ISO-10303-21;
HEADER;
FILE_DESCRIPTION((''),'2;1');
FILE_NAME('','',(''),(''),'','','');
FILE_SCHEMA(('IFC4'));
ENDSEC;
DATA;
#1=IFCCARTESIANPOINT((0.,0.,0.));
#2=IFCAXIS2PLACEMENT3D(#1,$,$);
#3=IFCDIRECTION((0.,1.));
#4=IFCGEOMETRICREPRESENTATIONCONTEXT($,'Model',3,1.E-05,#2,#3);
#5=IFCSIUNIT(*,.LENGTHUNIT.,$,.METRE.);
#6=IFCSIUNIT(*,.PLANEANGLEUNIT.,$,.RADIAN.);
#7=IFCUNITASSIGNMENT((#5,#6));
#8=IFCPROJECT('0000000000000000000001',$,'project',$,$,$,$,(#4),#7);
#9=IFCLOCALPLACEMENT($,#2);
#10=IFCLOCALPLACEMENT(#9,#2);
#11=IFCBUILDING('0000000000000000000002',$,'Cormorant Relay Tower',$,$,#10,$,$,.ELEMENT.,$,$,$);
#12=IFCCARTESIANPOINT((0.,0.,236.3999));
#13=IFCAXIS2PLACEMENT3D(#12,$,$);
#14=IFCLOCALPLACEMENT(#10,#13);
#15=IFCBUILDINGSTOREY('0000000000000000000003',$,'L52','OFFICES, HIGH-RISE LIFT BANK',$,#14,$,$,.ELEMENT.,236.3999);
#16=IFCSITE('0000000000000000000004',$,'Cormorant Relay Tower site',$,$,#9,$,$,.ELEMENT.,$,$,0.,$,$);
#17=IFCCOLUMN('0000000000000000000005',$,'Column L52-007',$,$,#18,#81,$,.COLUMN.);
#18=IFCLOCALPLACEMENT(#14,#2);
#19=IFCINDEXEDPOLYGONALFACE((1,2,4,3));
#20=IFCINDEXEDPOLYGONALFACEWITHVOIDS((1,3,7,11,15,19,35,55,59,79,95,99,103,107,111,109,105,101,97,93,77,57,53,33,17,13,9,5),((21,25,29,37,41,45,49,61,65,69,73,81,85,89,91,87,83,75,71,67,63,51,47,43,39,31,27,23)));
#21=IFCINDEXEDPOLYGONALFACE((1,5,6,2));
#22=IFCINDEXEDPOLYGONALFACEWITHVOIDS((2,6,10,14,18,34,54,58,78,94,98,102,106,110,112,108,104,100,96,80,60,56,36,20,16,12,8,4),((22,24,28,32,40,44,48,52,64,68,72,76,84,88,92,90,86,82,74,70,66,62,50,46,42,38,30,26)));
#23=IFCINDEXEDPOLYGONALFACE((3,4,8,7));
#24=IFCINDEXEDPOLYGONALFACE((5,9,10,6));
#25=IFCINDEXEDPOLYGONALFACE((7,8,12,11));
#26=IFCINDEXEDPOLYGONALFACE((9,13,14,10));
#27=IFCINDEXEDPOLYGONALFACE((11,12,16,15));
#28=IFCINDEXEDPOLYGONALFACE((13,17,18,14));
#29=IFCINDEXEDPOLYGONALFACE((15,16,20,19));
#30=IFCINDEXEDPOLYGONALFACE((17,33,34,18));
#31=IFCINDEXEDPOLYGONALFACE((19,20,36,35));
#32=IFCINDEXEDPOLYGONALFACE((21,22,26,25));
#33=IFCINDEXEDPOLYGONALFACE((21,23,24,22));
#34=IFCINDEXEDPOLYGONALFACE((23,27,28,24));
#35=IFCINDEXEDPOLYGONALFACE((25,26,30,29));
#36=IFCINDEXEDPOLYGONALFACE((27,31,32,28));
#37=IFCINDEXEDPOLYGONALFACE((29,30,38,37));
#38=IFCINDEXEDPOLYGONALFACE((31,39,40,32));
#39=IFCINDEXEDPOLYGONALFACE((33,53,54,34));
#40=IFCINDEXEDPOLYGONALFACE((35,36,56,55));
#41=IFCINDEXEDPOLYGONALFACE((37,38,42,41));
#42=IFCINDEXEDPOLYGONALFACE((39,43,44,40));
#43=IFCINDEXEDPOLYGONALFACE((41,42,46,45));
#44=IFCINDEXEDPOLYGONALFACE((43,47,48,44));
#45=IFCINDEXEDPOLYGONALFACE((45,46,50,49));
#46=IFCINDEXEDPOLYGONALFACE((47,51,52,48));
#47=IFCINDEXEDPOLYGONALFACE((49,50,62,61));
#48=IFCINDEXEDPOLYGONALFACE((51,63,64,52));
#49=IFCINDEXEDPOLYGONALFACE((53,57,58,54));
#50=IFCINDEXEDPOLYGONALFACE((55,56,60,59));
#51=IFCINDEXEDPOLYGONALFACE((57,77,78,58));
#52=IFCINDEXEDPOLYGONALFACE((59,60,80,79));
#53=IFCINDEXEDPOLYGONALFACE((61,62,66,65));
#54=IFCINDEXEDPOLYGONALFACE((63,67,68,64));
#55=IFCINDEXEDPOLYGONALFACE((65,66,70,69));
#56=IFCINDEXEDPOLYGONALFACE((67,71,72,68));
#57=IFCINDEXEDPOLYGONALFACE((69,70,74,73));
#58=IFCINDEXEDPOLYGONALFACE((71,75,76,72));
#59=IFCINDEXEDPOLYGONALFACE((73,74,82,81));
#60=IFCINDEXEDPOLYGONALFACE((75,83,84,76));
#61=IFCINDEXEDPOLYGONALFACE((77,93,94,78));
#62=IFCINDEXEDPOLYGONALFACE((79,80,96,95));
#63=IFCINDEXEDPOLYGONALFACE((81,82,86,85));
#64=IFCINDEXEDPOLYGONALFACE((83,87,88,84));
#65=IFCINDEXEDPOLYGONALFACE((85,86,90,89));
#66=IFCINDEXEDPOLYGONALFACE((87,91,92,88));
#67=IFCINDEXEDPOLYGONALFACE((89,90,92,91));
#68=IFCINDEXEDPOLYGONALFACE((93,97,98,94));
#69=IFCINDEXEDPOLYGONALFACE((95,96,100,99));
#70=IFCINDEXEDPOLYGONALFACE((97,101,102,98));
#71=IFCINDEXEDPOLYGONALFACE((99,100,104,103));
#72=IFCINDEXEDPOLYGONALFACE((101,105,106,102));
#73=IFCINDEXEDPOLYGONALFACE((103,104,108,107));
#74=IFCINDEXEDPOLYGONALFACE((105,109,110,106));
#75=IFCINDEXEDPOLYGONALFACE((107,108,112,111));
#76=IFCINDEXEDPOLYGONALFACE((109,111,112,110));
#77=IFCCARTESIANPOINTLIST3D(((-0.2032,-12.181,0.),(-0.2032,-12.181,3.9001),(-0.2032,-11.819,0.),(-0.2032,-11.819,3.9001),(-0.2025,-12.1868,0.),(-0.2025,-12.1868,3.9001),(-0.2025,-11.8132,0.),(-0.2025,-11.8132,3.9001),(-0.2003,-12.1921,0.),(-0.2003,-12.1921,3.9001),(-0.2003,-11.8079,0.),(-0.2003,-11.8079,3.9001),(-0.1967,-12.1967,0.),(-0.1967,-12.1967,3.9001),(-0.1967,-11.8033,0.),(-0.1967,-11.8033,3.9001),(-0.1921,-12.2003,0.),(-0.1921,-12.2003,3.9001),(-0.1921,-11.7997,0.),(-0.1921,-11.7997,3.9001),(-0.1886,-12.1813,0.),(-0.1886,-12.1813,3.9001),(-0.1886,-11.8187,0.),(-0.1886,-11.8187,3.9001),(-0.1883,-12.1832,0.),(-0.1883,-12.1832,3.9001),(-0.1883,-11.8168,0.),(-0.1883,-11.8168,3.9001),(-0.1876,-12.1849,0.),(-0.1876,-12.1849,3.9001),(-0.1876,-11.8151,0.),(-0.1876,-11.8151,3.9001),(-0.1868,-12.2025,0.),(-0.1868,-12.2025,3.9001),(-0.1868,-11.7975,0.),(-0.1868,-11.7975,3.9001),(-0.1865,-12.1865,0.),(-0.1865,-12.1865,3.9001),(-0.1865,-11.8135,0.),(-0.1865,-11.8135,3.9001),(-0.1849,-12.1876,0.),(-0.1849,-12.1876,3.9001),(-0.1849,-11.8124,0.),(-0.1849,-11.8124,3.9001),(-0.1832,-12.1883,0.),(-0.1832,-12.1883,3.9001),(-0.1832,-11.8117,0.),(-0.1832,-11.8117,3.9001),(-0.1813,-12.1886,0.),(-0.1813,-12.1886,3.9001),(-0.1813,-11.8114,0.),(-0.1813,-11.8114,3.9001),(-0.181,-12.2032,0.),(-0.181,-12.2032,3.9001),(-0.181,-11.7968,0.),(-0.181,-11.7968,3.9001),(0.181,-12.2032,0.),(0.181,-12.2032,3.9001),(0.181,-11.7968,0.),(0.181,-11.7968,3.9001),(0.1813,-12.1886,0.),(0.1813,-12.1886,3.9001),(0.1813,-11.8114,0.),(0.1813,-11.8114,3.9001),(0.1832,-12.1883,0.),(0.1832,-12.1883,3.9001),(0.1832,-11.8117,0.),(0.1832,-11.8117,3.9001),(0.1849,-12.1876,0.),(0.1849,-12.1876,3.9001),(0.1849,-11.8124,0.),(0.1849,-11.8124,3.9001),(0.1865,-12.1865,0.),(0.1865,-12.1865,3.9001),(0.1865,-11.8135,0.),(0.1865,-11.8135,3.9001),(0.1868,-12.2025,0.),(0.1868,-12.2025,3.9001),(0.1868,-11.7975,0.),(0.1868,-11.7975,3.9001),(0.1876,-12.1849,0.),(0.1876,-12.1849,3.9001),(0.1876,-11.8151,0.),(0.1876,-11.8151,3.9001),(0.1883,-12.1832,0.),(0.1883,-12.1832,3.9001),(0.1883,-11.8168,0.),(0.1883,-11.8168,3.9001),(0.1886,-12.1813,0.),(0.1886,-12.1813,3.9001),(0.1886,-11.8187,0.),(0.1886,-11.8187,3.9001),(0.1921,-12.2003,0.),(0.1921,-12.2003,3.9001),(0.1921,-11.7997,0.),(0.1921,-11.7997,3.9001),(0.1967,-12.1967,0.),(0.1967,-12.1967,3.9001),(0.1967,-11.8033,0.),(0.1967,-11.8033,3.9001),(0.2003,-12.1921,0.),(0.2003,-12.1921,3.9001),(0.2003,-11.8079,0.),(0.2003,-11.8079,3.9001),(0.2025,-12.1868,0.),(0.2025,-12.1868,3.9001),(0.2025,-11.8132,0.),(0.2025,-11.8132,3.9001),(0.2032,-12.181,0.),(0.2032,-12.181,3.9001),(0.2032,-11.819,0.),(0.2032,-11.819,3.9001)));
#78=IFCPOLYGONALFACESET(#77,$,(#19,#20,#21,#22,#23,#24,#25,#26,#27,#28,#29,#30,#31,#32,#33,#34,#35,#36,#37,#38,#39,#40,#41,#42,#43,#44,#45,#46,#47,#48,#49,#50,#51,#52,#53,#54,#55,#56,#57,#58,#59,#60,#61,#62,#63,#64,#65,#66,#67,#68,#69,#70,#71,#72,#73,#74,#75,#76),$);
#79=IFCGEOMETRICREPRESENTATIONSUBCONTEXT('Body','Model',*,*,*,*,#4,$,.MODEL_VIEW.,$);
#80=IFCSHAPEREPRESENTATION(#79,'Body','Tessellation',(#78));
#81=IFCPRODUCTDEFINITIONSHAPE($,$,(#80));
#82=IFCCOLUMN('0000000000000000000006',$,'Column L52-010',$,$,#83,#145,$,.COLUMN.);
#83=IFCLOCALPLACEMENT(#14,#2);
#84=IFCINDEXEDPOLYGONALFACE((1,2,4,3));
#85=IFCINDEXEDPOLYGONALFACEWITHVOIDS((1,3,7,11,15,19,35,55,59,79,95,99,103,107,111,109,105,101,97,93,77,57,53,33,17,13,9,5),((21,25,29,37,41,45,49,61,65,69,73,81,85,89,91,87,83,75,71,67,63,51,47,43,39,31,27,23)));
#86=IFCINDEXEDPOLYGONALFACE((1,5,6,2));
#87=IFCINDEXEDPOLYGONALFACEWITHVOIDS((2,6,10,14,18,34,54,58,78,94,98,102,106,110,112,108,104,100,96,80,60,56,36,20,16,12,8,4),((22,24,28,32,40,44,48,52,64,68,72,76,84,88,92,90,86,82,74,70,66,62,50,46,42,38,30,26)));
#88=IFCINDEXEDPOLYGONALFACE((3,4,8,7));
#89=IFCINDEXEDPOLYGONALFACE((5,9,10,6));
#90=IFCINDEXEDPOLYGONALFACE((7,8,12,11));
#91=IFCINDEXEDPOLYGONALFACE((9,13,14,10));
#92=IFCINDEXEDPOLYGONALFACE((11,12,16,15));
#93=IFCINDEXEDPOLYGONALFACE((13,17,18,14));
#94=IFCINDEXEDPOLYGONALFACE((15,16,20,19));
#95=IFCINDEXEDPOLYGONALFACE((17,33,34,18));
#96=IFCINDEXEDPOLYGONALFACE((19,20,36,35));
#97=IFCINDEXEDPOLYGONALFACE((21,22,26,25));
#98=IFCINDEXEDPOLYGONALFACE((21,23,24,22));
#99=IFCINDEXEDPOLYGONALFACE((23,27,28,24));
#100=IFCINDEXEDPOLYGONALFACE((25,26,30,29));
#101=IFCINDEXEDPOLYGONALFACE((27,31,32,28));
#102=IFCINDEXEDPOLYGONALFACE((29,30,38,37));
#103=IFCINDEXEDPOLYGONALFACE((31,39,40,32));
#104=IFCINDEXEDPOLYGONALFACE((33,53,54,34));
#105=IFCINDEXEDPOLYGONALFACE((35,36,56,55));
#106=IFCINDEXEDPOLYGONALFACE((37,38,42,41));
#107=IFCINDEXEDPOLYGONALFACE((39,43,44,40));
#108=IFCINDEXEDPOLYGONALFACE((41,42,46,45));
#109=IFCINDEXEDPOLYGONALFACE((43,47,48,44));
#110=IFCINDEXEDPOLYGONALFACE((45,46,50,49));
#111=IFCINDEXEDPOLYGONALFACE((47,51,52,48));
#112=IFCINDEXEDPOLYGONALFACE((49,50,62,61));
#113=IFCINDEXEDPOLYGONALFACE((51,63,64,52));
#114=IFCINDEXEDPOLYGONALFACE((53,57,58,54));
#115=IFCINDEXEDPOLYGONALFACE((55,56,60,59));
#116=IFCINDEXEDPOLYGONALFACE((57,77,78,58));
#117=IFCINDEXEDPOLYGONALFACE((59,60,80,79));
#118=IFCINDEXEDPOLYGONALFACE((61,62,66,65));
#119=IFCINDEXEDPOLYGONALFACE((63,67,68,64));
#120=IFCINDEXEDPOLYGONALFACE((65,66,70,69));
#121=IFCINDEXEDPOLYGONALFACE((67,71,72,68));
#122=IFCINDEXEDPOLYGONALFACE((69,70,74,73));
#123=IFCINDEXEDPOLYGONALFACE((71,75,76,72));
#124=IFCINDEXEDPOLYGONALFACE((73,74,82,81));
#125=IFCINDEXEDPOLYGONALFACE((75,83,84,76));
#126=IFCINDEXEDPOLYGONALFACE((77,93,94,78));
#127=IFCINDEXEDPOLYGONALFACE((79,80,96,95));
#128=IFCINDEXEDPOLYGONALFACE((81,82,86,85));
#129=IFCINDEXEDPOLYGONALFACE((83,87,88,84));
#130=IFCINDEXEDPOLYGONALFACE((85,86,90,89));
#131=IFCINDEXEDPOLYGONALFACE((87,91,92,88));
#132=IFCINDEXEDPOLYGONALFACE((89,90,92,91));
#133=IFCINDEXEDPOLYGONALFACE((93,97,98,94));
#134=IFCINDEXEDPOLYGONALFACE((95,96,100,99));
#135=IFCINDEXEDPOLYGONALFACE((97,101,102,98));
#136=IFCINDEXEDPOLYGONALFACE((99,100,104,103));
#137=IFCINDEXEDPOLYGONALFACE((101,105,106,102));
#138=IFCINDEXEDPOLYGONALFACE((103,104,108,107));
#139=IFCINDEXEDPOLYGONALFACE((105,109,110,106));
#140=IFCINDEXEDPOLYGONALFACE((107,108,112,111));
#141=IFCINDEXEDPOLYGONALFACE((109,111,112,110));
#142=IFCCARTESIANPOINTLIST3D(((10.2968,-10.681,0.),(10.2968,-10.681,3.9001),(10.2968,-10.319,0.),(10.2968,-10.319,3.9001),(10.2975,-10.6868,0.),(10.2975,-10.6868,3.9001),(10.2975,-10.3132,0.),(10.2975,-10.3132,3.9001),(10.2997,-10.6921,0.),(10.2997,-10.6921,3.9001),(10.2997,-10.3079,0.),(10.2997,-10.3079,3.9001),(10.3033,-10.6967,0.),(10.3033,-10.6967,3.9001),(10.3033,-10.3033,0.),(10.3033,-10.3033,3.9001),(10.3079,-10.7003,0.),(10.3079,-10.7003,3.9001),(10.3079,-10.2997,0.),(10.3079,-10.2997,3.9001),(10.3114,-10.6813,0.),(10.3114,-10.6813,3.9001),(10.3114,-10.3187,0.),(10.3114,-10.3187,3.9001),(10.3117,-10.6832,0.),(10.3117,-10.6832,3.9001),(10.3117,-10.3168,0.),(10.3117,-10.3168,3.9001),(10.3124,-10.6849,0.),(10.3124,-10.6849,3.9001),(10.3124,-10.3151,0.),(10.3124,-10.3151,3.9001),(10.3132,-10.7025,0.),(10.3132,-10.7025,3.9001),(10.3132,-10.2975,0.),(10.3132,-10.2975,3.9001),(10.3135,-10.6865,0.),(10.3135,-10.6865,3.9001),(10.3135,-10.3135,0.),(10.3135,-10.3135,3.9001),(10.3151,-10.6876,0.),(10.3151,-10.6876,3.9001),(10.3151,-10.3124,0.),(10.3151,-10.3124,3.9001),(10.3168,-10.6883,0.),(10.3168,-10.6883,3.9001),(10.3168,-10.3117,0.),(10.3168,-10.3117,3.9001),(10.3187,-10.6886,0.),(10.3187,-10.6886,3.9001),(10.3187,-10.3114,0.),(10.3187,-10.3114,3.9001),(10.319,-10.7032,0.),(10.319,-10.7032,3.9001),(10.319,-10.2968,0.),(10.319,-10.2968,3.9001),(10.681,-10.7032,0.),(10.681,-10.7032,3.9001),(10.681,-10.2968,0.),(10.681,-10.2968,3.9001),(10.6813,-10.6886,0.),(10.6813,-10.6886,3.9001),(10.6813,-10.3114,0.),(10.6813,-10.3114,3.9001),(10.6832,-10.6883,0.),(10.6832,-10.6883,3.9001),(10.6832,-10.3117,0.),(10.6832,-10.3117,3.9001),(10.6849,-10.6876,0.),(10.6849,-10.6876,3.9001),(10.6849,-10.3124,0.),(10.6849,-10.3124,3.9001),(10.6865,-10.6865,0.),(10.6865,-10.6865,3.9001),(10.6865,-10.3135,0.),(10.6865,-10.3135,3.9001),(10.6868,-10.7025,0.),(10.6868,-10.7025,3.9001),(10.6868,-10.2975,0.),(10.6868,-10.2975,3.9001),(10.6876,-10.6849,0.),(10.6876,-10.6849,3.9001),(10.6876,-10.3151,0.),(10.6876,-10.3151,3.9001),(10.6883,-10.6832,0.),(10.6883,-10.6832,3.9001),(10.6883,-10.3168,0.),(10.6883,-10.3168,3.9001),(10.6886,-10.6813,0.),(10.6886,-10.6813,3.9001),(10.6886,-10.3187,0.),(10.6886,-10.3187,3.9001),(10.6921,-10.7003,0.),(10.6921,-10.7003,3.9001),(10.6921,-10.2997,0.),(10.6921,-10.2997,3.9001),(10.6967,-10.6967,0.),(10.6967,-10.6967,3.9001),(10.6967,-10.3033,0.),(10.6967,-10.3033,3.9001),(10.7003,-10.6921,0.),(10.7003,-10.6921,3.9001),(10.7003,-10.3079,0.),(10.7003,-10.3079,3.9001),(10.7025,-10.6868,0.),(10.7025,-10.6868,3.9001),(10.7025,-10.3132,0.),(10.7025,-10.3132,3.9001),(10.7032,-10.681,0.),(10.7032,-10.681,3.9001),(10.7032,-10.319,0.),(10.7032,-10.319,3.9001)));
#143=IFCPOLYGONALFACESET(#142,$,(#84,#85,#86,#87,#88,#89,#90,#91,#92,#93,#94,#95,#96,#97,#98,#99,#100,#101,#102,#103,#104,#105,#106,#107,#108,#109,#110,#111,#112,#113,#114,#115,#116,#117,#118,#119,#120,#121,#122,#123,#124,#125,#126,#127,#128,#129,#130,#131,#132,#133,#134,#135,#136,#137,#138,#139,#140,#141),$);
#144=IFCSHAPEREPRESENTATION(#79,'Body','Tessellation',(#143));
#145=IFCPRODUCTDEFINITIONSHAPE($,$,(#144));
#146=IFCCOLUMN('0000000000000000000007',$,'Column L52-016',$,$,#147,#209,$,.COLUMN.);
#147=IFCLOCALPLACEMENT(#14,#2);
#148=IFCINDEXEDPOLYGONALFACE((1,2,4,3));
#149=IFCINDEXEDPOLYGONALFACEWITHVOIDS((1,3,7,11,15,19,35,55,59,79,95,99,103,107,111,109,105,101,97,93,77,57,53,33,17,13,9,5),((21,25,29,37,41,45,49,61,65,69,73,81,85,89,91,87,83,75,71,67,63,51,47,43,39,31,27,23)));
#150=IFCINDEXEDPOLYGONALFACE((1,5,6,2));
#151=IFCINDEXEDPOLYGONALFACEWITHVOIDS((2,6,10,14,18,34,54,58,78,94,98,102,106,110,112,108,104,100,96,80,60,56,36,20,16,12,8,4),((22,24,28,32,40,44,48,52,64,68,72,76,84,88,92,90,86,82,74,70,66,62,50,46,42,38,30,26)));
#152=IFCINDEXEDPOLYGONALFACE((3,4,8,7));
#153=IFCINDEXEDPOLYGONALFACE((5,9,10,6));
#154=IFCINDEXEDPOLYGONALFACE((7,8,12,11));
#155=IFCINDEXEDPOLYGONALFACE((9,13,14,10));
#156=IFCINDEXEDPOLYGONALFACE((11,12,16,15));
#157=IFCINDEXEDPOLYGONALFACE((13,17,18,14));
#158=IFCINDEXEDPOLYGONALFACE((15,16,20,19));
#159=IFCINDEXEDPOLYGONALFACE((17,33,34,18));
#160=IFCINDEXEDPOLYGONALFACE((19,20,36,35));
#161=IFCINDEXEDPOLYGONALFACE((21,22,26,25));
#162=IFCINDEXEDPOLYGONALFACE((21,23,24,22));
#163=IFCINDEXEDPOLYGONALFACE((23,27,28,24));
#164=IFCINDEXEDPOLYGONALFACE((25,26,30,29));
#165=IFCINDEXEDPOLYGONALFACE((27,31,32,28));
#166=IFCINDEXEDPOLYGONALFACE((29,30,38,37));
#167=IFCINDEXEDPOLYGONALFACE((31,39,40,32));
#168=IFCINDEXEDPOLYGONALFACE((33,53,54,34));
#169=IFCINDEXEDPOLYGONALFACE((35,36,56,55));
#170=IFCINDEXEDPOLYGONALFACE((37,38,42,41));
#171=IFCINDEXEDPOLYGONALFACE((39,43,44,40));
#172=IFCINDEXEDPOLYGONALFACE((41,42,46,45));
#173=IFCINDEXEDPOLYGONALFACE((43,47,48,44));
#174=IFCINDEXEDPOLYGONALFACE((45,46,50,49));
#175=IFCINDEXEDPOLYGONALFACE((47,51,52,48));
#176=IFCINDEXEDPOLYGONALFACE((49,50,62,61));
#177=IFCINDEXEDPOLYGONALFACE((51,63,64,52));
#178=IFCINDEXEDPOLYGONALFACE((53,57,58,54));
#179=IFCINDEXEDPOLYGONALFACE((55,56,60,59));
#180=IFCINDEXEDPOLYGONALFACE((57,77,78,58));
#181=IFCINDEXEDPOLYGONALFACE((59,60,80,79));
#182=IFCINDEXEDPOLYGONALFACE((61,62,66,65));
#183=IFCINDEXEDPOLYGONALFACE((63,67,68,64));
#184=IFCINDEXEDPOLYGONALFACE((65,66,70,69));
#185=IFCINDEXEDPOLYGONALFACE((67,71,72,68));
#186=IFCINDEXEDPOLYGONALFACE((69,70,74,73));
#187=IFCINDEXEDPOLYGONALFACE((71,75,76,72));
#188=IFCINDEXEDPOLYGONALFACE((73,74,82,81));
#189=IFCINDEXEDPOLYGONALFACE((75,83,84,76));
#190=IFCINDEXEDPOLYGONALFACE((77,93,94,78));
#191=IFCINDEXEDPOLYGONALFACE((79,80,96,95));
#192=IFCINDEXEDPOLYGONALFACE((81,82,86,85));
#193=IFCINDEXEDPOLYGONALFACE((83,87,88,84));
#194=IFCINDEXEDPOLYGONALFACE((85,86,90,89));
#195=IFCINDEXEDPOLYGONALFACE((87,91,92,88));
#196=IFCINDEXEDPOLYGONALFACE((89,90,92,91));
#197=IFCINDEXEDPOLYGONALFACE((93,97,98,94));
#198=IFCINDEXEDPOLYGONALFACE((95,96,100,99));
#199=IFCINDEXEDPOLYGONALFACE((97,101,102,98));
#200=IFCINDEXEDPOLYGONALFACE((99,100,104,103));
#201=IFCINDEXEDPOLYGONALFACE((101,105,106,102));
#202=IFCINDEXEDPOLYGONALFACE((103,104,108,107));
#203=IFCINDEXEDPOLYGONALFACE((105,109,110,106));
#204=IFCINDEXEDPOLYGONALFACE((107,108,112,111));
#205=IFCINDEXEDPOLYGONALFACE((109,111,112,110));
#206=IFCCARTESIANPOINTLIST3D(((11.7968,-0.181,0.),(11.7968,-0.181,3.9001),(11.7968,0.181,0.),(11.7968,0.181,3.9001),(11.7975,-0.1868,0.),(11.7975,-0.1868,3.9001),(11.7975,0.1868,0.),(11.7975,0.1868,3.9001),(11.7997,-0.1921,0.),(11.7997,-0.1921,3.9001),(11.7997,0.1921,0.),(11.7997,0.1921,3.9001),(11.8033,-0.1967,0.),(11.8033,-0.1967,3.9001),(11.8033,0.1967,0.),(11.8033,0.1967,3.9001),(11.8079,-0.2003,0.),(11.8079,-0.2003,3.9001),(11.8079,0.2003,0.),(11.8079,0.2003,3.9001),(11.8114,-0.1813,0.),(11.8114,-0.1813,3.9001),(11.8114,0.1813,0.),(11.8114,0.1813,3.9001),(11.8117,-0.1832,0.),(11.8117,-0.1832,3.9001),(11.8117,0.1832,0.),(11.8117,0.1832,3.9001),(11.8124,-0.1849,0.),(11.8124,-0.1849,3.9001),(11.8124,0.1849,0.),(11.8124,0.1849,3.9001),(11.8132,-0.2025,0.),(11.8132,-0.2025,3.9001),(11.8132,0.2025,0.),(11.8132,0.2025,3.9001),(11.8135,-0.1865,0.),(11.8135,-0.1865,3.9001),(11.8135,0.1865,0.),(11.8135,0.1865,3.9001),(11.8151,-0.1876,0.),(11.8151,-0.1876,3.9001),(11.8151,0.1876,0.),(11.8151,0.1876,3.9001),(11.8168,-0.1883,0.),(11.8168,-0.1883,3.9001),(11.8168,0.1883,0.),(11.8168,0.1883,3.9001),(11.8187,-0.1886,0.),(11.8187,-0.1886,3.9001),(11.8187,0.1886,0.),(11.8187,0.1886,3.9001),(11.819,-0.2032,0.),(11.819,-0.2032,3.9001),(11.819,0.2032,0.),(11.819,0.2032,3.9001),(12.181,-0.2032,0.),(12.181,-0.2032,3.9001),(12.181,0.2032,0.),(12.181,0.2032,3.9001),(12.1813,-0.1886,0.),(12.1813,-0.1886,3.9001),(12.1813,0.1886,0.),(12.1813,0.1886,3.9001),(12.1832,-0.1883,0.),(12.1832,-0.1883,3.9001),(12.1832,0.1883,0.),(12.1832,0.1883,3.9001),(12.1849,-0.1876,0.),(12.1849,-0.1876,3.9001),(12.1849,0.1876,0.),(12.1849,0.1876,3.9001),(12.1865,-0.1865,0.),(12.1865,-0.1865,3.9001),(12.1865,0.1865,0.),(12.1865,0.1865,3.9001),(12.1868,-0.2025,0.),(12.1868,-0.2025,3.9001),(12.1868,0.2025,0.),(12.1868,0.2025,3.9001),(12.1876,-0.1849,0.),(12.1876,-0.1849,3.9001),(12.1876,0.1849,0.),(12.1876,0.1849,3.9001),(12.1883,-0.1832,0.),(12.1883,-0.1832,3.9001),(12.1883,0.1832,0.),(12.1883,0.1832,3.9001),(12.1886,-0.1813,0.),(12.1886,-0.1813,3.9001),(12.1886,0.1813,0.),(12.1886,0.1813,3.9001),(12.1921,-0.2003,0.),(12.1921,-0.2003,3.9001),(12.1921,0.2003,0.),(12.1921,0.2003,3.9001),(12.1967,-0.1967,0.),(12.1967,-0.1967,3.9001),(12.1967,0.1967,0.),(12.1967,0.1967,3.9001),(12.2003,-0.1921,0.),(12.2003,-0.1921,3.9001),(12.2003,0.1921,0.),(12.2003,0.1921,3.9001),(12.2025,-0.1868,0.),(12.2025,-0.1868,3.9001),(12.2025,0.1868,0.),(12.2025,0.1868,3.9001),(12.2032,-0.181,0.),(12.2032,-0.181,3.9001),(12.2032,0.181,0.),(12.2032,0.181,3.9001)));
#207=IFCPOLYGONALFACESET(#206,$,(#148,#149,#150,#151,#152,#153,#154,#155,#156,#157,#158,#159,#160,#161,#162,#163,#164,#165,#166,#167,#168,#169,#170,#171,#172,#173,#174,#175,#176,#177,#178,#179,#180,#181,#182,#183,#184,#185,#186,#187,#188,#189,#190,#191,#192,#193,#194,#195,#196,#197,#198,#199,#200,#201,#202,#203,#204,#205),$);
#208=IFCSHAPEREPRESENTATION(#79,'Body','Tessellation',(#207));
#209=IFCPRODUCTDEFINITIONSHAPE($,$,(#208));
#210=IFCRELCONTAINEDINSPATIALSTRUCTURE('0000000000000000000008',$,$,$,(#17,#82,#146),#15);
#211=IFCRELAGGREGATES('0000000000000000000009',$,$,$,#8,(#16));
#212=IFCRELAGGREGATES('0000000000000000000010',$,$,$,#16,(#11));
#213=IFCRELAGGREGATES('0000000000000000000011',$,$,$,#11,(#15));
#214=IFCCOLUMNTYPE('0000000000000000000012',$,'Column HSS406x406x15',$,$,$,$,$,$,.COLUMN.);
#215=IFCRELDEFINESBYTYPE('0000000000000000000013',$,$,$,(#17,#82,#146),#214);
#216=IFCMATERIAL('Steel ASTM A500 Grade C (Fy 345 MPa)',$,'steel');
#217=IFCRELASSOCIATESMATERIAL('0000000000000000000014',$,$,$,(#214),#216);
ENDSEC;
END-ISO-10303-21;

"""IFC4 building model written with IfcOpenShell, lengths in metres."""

from ifc_helpers import new_model, si_unit, direction, frame, origin, origin_2d, place, context, subcontext, project, spatial, hollow_rectangle, extrude, material, material_profile, profile_set, type_object, element, save


model = new_model("IFC4")

# Units and contexts
model_context = context("Model", 3, precision=1e-05, world=origin(), true_north=direction((0.0, 1.0)))
body_context = subcontext(model_context, "Body", "Model", "MODEL_VIEW")
ifc_project = project(units=[si_unit("LENGTHUNIT", "METRE"), si_unit("PLANEANGLEUNIT", "RADIAN")], contexts=[model_context])

# Site, building, storey
site_placement = place(None, origin())
site = spatial("IfcSite", under=ifc_project, at=site_placement, Name="Cormorant Relay Tower site", CompositionType="ELEMENT", RefElevation=0.0)
building_placement = place(site_placement, origin())
building = spatial("IfcBuilding", under=site, at=building_placement, Name="Cormorant Relay Tower", CompositionType="ELEMENT")
storey_placement = place(building_placement, frame((0.0, 0.0, 236.3999)))
storey = spatial("IfcBuildingStorey", under=building, at=storey_placement, Name="L52", Description="OFFICES, HIGH-RISE LIFT BANK", CompositionType="ELEMENT", Elevation=236.3999)

# Columns
ifc_material_1 = material(Name="Steel ASTM A500 Grade C (Fy 345 MPa)", Category="steel")
ifc_material_profile_1 = material_profile(ifc_material_1, hollow_rectangle(XDim=0.4065, YDim=0.4065, WallThickness=0.0146, InnerFilletRadius=0.0073, OuterFilletRadius=0.0222, at=origin_2d()), Name="HSS406x406x15")
ifc_profile_set_1 = profile_set([ifc_material_profile_1], Name="Steel ASTM A500 Grade C (Fy 345 MPa)")
column_type = type_object("IfcColumnType", Name="Column HSS406x406x15", PredefinedType="COLUMN", material=ifc_profile_set_1)
for number, where, z_axis, x_axis, name in (
    (1, (0.0, -12.0, 0.0), (0.0, 0.0, 1.0), (1.0, 0.0, 0.0), "Column L52-007"),
    (2, (10.5, -10.5, 0.0), (0.0, 0.0, 1.0), (1.0, 0.0, 0.0), "Column L52-010"),
    (3, (12.0, 0.0, 0.0), (0.0, 0.0, 1.0), (1.0, 0.0, 0.0), "Column L52-016"),
):
    element("IfcColumn", number, at=place(storey_placement, frame(where, z_axis=z_axis, x_axis=x_axis)), inside=storey, type_object=column_type, Name=name, PredefinedType="COLUMN", context=body_context, shape_type="SweptSolid", body=[
        extrude(hollow_rectangle(XDim=0.4065, YDim=0.4065, WallThickness=0.0146, InnerFilletRadius=0.0073, OuterFilletRadius=0.0222, at=origin_2d()), origin(), (0.0, 0.0, 1.0), 3.9001),
    ])

save(model, "model.ifc")
